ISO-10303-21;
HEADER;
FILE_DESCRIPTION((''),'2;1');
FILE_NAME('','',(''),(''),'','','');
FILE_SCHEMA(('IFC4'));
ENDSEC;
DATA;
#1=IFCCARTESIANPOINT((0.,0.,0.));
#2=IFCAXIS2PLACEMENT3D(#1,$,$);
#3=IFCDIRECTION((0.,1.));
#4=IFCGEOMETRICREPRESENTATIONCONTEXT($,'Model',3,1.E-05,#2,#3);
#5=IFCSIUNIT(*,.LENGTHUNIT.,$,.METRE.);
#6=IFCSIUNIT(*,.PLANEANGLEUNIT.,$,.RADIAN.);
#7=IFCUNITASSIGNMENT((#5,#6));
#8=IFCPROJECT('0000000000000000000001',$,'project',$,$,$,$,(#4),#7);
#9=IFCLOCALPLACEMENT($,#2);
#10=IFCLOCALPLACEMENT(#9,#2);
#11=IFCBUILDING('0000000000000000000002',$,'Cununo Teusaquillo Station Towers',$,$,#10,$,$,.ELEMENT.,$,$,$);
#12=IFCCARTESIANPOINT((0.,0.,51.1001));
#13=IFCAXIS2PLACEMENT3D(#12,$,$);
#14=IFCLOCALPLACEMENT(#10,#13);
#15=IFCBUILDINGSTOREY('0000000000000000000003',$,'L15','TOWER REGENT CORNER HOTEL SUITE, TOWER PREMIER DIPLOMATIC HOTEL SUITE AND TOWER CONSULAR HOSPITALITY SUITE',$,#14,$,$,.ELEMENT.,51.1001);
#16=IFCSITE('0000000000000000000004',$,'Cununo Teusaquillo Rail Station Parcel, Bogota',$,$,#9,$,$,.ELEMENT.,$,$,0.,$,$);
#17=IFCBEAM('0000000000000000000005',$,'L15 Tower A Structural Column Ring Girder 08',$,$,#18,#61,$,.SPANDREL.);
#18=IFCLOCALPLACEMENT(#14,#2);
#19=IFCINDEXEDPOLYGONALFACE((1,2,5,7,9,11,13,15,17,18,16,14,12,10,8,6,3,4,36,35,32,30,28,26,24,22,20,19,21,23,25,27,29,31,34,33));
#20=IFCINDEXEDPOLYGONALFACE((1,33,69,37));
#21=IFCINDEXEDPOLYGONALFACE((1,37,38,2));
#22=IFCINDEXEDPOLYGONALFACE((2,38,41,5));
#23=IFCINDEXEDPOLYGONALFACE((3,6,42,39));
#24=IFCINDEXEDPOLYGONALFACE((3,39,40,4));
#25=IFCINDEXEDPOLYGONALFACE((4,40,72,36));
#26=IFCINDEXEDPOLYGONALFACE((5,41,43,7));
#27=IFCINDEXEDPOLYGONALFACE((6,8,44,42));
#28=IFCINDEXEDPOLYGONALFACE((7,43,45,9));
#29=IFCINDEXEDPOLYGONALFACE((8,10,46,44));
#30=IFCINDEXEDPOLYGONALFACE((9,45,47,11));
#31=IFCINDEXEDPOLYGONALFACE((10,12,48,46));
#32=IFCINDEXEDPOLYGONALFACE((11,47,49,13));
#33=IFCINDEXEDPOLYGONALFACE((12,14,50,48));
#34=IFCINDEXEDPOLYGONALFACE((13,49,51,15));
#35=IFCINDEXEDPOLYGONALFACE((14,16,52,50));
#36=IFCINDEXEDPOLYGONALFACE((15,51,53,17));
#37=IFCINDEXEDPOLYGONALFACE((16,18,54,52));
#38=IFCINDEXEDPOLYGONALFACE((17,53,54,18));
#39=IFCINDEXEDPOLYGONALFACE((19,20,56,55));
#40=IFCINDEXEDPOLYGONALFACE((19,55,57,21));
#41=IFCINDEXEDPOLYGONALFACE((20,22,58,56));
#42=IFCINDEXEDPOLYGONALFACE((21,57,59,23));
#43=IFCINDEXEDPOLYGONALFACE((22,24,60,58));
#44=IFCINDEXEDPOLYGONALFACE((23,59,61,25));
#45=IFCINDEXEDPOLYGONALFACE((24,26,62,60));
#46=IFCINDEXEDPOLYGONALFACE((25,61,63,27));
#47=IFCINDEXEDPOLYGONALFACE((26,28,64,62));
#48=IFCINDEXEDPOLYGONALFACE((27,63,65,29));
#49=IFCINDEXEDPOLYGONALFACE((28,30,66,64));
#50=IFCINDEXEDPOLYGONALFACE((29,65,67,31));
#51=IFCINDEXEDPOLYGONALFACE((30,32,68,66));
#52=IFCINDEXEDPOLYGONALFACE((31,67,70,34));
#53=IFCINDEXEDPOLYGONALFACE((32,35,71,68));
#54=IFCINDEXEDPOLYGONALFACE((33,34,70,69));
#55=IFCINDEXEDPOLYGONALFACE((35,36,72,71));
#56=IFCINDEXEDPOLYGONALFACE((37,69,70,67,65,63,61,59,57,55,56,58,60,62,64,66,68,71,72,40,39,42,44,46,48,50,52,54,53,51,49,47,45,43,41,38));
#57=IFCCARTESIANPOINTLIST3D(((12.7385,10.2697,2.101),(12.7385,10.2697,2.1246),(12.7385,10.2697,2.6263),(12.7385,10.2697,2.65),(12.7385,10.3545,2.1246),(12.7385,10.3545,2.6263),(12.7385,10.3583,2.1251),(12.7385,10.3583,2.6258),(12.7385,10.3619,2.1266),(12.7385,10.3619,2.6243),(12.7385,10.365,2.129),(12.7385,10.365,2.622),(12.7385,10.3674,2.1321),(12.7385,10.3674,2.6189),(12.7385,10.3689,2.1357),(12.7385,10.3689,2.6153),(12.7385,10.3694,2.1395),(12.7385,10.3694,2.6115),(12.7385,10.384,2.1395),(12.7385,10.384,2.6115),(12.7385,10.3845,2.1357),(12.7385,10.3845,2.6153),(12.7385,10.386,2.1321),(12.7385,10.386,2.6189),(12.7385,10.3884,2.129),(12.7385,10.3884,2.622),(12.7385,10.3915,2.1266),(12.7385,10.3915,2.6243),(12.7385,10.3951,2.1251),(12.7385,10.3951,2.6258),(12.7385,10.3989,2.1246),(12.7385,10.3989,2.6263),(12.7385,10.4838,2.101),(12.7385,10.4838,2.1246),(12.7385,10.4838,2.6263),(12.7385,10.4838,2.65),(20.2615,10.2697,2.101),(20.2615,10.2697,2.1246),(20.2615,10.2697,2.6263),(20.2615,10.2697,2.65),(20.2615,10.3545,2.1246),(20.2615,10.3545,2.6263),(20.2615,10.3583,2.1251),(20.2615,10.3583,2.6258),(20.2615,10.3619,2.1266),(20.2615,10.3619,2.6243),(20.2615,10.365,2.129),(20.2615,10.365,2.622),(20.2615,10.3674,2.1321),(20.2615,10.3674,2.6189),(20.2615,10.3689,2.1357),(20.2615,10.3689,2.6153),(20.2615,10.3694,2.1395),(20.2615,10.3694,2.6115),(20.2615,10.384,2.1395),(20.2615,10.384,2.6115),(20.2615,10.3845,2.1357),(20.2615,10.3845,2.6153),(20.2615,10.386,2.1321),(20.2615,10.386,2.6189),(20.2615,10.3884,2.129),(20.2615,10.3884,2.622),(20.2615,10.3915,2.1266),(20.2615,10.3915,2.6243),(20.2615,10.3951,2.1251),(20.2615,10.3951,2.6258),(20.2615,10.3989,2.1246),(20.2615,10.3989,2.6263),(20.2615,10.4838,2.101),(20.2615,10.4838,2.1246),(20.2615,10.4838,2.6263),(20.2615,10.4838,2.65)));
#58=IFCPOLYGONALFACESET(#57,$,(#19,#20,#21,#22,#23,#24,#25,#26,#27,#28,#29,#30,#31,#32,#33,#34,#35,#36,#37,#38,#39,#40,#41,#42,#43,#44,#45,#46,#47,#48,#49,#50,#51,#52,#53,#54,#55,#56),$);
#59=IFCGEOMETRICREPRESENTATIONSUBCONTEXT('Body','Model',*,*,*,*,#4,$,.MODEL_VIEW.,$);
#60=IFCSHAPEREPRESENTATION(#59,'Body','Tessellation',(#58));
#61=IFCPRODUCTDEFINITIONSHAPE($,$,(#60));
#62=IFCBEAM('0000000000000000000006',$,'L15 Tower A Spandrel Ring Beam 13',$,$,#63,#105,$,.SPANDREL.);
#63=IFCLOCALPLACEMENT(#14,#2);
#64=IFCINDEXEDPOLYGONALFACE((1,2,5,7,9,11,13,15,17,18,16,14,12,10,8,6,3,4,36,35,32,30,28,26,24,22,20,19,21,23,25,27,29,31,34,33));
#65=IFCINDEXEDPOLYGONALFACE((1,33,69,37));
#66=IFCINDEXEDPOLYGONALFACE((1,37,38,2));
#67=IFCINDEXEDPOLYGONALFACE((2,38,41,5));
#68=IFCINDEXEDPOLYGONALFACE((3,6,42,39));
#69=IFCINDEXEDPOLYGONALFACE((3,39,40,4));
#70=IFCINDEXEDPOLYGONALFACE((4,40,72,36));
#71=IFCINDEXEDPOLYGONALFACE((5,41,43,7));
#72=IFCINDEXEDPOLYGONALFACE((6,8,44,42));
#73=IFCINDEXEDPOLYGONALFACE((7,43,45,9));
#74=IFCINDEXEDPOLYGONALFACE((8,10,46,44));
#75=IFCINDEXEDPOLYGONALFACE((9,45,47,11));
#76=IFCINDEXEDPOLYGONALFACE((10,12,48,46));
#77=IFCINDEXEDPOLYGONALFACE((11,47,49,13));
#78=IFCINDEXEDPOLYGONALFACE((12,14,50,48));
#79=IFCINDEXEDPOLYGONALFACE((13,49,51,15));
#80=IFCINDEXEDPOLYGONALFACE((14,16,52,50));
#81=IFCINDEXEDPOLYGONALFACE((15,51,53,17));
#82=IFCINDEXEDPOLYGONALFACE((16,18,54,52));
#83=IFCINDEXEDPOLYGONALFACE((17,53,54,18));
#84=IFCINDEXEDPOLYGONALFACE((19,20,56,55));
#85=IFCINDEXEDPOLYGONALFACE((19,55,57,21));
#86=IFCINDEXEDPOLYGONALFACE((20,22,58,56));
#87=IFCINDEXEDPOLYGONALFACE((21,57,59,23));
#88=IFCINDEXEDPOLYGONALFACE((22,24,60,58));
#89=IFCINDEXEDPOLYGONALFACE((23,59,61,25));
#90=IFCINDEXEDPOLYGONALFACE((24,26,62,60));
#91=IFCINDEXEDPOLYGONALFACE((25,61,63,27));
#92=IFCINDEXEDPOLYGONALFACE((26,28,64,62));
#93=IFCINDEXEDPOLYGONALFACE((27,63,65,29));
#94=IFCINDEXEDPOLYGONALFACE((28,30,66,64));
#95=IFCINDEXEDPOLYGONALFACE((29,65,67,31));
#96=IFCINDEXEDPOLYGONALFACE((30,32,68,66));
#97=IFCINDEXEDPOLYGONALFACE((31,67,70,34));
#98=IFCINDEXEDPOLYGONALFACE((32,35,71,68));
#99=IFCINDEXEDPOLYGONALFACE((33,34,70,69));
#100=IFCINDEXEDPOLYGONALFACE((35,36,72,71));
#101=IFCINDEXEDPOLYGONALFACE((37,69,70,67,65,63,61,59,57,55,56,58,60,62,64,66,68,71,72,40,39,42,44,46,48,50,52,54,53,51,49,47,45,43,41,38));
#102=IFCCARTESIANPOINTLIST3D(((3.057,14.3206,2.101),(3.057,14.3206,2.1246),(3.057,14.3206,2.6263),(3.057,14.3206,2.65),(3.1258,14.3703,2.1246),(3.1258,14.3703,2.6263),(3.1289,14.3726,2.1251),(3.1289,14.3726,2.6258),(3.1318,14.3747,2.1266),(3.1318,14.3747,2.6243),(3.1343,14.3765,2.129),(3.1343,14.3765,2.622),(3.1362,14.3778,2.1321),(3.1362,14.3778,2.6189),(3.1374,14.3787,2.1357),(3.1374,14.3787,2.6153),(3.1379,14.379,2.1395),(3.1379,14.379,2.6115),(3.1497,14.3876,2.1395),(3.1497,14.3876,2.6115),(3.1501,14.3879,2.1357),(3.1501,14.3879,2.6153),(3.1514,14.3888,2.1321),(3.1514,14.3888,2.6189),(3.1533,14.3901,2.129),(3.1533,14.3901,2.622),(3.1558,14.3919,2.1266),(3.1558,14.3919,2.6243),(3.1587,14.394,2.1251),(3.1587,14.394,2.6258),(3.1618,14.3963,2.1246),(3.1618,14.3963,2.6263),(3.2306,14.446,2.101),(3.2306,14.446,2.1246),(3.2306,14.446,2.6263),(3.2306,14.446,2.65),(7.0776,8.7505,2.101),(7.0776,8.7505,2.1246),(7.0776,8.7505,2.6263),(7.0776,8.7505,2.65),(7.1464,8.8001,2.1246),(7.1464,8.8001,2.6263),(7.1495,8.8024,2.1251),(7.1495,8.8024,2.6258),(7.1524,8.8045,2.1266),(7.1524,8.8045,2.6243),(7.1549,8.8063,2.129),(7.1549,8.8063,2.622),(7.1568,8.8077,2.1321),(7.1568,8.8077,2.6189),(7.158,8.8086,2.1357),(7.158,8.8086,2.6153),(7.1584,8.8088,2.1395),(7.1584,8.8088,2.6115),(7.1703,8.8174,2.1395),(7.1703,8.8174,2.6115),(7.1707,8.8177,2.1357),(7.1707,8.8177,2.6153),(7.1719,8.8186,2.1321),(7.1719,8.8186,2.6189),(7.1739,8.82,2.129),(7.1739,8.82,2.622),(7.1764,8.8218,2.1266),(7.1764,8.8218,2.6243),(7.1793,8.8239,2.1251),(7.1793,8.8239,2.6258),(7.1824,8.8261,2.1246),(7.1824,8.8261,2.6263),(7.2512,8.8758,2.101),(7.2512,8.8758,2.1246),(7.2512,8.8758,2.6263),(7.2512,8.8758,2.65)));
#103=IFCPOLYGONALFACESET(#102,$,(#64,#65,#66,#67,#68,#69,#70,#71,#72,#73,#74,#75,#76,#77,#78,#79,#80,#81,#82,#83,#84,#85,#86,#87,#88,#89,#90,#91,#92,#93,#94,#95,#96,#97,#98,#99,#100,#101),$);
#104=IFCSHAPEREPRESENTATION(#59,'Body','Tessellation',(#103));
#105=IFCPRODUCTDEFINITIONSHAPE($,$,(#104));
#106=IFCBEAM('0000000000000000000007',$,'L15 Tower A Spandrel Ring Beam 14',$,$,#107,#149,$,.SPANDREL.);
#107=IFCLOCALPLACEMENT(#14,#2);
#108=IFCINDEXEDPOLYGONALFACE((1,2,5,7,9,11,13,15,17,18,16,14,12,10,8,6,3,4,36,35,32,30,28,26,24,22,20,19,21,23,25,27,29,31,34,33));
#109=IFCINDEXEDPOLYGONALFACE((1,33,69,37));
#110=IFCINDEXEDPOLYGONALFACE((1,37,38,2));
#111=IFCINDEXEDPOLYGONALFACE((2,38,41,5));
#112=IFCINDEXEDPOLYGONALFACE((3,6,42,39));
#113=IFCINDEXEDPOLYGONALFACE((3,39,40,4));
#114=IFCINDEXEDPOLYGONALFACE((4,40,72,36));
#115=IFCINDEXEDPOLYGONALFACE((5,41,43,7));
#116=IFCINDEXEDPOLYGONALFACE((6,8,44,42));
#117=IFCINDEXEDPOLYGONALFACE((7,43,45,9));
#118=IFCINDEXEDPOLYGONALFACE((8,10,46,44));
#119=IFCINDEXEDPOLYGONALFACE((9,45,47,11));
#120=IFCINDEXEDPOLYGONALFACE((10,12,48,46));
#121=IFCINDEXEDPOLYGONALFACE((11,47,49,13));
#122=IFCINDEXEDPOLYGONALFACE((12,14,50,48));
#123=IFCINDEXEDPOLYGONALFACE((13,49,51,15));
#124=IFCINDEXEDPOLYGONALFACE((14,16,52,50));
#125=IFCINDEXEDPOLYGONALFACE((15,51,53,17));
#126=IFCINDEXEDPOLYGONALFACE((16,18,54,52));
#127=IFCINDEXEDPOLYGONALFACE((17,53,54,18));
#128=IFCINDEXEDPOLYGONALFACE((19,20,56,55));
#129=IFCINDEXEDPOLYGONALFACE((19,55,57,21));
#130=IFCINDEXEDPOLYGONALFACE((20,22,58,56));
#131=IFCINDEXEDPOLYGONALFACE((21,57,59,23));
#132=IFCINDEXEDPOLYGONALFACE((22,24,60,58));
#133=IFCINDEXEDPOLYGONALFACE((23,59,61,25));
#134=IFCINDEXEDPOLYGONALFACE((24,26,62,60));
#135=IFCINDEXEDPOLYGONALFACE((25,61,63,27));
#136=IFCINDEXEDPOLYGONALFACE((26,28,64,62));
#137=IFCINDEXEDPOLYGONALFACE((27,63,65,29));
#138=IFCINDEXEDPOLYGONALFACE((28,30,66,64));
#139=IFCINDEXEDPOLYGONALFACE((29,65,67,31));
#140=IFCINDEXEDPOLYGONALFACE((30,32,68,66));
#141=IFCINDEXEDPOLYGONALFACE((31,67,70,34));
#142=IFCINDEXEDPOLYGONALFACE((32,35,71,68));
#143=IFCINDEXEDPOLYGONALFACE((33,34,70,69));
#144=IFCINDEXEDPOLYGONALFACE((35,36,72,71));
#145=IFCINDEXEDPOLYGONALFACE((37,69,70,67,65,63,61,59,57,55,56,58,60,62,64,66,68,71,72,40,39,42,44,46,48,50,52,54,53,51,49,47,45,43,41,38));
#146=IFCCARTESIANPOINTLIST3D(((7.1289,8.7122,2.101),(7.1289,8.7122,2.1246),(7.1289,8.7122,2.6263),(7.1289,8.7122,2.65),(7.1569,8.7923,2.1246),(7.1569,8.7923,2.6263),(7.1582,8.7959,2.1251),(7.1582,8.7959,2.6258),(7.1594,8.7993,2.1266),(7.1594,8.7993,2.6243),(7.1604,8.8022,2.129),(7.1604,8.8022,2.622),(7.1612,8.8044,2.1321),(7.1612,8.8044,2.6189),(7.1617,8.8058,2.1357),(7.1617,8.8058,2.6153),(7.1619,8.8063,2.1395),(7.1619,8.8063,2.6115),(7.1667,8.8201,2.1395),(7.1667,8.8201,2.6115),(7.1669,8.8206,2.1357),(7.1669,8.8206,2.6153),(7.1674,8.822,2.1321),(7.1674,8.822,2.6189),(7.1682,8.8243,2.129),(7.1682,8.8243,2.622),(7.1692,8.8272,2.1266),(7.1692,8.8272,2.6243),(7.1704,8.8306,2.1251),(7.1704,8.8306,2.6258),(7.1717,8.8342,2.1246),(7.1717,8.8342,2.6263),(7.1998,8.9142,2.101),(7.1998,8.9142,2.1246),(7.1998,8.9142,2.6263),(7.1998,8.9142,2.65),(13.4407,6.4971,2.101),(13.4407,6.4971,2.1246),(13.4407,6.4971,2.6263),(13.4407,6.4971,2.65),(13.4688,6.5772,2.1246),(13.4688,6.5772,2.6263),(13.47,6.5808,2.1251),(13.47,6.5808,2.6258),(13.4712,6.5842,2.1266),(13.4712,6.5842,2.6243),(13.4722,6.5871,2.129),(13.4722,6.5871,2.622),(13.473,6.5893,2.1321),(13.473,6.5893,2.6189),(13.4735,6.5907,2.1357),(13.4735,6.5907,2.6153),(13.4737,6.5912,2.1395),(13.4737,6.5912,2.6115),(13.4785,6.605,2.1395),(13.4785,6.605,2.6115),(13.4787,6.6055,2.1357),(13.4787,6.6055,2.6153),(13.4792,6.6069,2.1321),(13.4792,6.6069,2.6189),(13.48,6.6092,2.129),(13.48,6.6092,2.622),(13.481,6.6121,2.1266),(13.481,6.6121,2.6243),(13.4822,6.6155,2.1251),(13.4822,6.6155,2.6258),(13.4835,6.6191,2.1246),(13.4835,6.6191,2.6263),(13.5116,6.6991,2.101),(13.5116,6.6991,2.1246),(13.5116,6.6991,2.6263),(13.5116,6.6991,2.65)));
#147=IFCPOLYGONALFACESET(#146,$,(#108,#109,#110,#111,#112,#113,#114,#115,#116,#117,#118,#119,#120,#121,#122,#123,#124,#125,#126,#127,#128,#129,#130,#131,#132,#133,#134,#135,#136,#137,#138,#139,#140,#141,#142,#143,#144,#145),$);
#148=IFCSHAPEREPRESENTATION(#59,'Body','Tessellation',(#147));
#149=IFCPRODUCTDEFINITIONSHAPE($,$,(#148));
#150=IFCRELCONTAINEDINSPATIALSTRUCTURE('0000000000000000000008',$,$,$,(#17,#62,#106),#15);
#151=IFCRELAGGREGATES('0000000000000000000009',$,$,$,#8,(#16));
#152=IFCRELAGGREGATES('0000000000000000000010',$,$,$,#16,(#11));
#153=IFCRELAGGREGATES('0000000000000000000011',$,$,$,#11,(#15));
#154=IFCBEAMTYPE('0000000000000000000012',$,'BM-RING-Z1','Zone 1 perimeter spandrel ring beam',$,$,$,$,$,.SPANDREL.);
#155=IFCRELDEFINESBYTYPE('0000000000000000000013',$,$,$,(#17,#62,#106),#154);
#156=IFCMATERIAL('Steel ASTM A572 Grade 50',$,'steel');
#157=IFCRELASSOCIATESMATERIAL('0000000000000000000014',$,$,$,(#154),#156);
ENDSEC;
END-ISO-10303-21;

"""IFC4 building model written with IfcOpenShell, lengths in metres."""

from ifc_helpers import new_model, si_unit, direction, frame, origin, origin_2d, place, context, subcontext, project, spatial, i_section, extrude, material, material_profile, profile_set, type_object, element, save


model = new_model("IFC4")

# Units and contexts
model_context = context("Model", 3, precision=1e-05, world=origin(), true_north=direction((0.0, 1.0)))
body_context = subcontext(model_context, "Body", "Model", "MODEL_VIEW")
ifc_project = project(units=[si_unit("LENGTHUNIT", "METRE"), si_unit("PLANEANGLEUNIT", "RADIAN")], contexts=[model_context])

# Site, building, storey
site_placement = place(None, origin())
site = spatial("IfcSite", under=ifc_project, at=site_placement, Name="Cununo Teusaquillo Rail Station Parcel, Bogota", CompositionType="ELEMENT", RefElevation=0.0)
building_placement = place(site_placement, origin())
building = spatial("IfcBuilding", under=site, at=building_placement, Name="Cununo Teusaquillo Station Towers", CompositionType="ELEMENT")
storey_placement = place(building_placement, frame((0.0, 0.0, 51.1001)))
storey = spatial("IfcBuildingStorey", under=building, at=storey_placement, Name="L15", Description="TOWER REGENT CORNER HOTEL SUITE, TOWER PREMIER DIPLOMATIC HOTEL SUITE AND TOWER CONSULAR HOSPITALITY SUITE", CompositionType="ELEMENT", Elevation=51.1001)

# Beams
ifc_material_1 = material(Name="Steel ASTM A572 Grade 50", Category="steel")
ifc_material_profile_1 = material_profile(ifc_material_1, i_section(OverallWidth=0.2141, OverallDepth=0.5491, WebThickness=0.0146, FlangeThickness=0.0237, FilletRadius=0.0149, at=origin_2d()), Name="W21X93")
ifc_profile_set_1 = profile_set([ifc_material_profile_1], Name="Steel ASTM A572 Grade 50")
beam_type = type_object("IfcBeamType", Name="BM-RING-Z1", Description="Zone 1 perimeter spandrel ring beam", PredefinedType="SPANDREL", material=ifc_profile_set_1)
beam_1_placement = place(storey_placement, frame((12.7385, 10.3767, 2.3755), z_axis=(1.0, 0.0, 0.0), x_axis=(0.0, 1.0, 0.0)))
element("IfcBeam", 1, at=beam_1_placement, inside=storey, type_object=beam_type, Name="L15 Tower A Structural Column Ring Girder 08", PredefinedType="SPANDREL", context=body_context, shape_type="SweptSolid", body=[
    extrude(i_section(OverallWidth=0.2141, OverallDepth=0.5491, WebThickness=0.0146, FlangeThickness=0.0237, FilletRadius=0.0149, at=origin_2d()), origin(), (0.0, 0.0, 1.0), 7.5229),
])
beam_2_placement = place(storey_placement, frame((3.1438, 14.3833, 2.3755), z_axis=(0.585269, -0.810839, 0.0), x_axis=(0.810839, 0.585269, 0.0)))
element("IfcBeam", 2, at=beam_2_placement, inside=storey, type_object=beam_type, Name="L15 Tower A Spandrel Ring Beam 13", PredefinedType="SPANDREL", context=body_context, shape_type="SweptSolid", body=[
    extrude(i_section(OverallWidth=0.2141, OverallDepth=0.5491, WebThickness=0.0146, FlangeThickness=0.0237, FilletRadius=0.0149, at=origin_2d()), origin(), (0.0, 0.0, 1.0), 6.8696),
])
beam_3_placement = place(storey_placement, frame((7.1643, 8.8132, 2.3755), z_axis=(0.94358, -0.331145, 0.0), x_axis=(0.331145, 0.94358, 0.0)))
element("IfcBeam", 3, at=beam_3_placement, inside=storey, type_object=beam_type, Name="L15 Tower A Spandrel Ring Beam 14", PredefinedType="SPANDREL", context=body_context, shape_type="SweptSolid", body=[
    extrude(i_section(OverallWidth=0.2141, OverallDepth=0.5491, WebThickness=0.0146, FlangeThickness=0.0237, FilletRadius=0.0149, at=origin_2d()), origin(), (0.0, 0.0, 1.0), 6.6892),
])

save(model, "model.ifc")
